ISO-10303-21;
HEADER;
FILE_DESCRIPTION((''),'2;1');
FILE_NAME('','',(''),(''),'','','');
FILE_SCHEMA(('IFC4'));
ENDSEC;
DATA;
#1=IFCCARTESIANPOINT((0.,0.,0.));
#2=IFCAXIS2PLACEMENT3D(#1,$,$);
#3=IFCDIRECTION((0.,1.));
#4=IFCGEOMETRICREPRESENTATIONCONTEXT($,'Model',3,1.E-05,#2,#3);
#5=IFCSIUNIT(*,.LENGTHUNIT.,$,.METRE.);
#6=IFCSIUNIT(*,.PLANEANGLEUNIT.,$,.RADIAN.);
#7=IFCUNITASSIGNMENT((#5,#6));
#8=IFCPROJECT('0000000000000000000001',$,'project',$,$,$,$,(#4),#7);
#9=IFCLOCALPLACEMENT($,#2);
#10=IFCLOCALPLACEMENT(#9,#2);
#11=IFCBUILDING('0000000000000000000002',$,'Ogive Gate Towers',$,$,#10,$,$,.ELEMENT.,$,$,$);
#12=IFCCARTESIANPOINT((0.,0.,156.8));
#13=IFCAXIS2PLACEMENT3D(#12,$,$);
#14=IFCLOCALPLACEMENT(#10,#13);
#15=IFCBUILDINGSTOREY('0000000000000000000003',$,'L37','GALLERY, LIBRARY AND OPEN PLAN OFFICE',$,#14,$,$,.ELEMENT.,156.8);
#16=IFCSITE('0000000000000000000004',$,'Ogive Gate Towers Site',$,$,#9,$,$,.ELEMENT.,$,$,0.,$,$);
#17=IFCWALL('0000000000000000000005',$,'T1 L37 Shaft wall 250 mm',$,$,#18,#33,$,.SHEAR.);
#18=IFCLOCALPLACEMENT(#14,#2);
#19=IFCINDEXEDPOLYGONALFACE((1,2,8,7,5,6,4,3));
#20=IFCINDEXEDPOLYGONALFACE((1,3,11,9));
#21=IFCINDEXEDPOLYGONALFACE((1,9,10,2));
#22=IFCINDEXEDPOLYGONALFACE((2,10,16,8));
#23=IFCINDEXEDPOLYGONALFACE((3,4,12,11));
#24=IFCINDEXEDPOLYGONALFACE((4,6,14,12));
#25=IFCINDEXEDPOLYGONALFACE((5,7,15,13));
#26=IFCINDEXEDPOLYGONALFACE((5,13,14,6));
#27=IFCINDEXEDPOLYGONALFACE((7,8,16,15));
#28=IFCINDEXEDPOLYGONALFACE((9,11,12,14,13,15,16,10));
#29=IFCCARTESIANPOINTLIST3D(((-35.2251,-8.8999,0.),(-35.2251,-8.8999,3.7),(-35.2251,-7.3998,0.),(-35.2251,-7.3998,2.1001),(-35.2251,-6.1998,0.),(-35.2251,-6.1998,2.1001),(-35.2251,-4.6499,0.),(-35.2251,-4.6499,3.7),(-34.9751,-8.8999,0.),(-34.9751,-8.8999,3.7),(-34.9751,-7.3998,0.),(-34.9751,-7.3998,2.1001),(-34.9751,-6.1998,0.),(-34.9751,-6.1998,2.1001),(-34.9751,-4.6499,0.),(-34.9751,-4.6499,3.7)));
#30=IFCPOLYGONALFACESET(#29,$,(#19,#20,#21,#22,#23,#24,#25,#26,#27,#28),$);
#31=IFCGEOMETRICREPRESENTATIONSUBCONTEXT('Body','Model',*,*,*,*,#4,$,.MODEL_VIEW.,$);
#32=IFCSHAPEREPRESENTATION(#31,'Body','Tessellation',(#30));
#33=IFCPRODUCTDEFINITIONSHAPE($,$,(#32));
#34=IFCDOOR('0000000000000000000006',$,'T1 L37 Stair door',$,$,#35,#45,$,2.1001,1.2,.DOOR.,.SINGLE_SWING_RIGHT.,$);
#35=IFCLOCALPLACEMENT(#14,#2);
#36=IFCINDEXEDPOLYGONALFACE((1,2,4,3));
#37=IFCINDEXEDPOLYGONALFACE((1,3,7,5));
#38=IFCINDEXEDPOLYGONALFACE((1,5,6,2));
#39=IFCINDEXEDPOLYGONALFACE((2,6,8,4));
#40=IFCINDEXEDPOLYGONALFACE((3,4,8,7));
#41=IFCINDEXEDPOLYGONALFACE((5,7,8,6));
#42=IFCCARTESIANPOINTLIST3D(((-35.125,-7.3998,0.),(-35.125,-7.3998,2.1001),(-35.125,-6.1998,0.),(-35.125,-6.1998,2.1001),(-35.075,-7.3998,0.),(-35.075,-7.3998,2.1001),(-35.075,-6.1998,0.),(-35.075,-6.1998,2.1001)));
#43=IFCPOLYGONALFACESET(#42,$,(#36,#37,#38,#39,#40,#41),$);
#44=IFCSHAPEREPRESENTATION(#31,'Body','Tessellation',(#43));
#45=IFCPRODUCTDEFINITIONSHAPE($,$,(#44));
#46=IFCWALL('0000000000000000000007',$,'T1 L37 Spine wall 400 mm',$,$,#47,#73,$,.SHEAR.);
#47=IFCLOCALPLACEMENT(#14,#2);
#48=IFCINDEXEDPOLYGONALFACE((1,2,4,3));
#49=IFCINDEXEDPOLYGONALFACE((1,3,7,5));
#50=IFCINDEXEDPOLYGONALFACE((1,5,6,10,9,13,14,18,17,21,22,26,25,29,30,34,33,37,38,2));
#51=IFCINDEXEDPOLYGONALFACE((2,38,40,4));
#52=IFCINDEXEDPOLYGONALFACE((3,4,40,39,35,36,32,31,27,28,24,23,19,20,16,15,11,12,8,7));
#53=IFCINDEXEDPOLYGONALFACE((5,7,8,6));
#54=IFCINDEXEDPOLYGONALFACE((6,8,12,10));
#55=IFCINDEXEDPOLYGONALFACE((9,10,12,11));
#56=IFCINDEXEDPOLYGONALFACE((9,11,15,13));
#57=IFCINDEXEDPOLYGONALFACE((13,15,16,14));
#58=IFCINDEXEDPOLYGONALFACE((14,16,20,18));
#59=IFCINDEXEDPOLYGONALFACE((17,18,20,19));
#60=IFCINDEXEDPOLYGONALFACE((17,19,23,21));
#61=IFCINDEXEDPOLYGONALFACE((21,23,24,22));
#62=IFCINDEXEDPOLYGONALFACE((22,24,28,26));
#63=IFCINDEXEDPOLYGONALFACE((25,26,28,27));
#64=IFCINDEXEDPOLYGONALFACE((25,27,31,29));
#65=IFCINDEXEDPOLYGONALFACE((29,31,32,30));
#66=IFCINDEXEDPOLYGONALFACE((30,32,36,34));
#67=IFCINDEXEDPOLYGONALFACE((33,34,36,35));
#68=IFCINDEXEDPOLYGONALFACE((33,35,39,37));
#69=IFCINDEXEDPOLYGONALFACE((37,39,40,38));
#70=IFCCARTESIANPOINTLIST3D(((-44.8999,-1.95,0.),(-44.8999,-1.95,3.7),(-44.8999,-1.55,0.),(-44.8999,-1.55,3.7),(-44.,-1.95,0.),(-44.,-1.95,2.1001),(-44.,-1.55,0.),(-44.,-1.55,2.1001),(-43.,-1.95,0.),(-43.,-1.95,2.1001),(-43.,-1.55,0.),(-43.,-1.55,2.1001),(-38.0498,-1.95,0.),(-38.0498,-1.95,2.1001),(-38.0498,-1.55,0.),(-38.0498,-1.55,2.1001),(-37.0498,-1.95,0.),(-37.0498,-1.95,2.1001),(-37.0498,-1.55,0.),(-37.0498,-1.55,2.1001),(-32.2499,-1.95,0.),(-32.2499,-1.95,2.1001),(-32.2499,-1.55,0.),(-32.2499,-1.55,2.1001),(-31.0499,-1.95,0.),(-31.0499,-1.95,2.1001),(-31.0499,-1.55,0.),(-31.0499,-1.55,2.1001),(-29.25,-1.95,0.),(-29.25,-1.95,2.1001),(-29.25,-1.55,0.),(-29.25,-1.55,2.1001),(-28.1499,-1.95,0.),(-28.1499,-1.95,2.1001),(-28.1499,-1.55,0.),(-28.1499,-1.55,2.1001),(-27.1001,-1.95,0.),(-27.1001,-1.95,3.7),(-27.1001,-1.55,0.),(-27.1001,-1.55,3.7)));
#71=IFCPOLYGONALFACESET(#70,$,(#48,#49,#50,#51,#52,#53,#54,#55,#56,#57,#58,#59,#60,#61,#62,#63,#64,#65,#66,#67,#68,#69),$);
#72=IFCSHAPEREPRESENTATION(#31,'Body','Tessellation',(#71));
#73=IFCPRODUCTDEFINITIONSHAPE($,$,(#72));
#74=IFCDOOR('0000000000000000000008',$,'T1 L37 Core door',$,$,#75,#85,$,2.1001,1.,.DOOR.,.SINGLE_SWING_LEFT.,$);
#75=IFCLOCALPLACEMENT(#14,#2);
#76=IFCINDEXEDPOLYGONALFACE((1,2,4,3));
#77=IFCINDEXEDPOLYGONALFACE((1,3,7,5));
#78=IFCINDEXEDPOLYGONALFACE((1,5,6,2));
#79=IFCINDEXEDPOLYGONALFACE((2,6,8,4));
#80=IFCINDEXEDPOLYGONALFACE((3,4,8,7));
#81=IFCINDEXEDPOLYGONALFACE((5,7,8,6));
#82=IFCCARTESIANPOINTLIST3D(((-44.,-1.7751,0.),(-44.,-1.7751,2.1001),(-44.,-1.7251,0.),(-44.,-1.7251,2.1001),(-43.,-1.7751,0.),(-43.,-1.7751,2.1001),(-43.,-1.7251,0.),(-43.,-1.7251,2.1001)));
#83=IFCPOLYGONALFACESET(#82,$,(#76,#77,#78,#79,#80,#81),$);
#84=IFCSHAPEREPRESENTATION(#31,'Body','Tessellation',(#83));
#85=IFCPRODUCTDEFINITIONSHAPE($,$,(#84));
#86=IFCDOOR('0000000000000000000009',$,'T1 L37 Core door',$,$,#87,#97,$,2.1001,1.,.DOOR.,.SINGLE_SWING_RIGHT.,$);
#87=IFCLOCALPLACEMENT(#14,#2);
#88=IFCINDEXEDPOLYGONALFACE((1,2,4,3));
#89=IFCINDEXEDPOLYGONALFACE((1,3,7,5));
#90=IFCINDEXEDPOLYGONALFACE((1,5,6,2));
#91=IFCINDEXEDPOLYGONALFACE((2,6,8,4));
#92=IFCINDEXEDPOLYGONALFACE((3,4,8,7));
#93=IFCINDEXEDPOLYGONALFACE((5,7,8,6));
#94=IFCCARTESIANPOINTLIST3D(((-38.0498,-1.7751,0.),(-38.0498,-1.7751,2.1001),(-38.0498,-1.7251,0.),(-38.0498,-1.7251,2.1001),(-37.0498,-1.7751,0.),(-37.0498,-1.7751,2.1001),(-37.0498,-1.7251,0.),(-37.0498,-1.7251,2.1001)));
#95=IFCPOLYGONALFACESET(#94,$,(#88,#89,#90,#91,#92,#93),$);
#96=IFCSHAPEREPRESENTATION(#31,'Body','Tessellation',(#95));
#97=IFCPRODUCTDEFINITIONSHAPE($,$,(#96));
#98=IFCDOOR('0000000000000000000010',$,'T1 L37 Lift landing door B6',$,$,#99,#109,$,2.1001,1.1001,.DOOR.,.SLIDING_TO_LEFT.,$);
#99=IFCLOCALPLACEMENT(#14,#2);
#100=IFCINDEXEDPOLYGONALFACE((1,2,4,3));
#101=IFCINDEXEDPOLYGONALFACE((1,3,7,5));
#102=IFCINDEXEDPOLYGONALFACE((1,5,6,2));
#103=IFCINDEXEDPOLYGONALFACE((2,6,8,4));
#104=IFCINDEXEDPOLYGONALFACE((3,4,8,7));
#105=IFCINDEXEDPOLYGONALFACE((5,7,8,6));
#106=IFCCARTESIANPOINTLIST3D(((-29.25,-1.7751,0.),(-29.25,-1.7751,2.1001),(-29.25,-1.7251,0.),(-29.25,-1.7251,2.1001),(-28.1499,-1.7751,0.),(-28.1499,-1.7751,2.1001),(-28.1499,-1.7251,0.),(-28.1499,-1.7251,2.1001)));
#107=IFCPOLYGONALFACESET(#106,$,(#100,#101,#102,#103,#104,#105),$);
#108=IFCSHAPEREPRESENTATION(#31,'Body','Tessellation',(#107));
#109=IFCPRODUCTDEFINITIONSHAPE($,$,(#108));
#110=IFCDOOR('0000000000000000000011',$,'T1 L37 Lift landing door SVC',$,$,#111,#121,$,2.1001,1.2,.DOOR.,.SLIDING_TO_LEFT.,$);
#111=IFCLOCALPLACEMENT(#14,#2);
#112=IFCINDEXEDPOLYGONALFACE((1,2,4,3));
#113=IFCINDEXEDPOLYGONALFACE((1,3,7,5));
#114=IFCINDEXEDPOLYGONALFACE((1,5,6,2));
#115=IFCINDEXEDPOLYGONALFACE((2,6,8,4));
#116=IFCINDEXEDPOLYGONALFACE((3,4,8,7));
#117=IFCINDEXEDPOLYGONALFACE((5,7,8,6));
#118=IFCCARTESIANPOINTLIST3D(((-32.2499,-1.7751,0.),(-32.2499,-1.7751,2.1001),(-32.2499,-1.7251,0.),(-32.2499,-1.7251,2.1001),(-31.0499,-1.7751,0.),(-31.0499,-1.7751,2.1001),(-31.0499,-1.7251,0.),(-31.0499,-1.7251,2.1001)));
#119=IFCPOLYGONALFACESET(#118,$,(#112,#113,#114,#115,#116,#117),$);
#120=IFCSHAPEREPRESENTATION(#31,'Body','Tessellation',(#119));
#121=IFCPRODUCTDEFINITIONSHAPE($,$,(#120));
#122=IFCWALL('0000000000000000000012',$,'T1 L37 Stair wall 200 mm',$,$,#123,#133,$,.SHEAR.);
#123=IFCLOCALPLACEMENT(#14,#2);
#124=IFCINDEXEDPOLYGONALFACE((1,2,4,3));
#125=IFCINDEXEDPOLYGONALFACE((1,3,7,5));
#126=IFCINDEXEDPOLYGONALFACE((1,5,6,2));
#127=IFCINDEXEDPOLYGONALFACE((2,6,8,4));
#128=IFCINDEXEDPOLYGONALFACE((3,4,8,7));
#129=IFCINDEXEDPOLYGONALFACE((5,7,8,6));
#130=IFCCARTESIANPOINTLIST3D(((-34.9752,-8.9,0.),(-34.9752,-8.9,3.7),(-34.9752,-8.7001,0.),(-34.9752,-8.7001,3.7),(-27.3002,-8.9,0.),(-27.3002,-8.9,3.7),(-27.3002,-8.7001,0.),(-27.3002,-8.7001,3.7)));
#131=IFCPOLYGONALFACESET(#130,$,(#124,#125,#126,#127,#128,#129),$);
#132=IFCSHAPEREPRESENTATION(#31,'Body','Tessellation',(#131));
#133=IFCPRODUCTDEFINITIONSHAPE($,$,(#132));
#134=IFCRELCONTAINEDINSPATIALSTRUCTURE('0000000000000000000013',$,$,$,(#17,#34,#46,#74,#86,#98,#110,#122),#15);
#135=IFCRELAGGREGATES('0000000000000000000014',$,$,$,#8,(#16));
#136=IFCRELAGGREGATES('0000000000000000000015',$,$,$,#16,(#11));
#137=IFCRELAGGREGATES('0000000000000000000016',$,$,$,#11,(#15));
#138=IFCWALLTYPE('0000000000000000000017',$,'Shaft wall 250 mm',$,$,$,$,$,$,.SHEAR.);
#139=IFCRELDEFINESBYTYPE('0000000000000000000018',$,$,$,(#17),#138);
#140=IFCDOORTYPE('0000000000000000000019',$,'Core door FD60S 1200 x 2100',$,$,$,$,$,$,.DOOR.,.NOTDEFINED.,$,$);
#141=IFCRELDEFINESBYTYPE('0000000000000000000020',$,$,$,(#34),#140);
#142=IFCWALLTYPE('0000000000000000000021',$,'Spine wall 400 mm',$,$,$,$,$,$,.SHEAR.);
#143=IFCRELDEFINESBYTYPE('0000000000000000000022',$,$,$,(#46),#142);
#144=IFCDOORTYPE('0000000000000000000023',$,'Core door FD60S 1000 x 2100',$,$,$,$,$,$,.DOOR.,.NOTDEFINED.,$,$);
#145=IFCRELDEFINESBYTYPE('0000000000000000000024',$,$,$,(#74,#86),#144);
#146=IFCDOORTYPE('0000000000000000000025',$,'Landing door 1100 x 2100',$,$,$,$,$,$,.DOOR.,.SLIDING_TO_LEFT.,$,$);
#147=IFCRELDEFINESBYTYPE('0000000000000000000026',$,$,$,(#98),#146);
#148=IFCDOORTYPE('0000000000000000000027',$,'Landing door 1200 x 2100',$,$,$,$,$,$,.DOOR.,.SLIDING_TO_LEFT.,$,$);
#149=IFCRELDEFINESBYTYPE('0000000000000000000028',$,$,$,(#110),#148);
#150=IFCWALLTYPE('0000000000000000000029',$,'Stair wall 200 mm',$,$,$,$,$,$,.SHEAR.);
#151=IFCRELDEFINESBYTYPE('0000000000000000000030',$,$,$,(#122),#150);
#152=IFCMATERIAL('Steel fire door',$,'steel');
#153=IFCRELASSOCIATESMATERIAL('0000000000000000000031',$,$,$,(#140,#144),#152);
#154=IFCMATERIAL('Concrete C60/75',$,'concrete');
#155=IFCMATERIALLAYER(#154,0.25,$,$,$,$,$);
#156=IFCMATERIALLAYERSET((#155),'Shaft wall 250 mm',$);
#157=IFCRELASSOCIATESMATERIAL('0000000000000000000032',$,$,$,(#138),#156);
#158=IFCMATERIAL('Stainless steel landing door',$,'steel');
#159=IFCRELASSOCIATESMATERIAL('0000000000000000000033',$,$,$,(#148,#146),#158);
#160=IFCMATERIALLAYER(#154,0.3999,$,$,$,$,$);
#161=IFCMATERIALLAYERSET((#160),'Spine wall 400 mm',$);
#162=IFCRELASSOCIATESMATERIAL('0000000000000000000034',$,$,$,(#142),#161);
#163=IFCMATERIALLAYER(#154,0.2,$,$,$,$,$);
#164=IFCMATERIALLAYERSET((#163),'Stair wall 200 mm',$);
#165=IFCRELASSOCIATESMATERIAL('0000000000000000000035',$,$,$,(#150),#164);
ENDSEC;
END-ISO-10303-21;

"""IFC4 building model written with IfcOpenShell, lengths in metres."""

from ifc_helpers import new_model, si_unit, direction, frame, frame_2d, origin, place, context, subcontext, project, spatial, rectangle, extrude, material, layer, layer_set, type_object, element, fill, save


model = new_model("IFC4")

# Units and contexts
model_context = context("Model", 3, precision=1e-05, world=origin(), true_north=direction((0.0, 1.0)))
body_context = subcontext(model_context, "Body", "Model", "MODEL_VIEW")
ifc_project = project(units=[si_unit("LENGTHUNIT", "METRE"), si_unit("PLANEANGLEUNIT", "RADIAN")], contexts=[model_context])

# Site, building, storey
site_placement = place(None, origin())
site = spatial("IfcSite", under=ifc_project, at=site_placement, Name="Ogive Gate Towers Site", CompositionType="ELEMENT", RefElevation=0.0)
building_placement = place(site_placement, origin())
building = spatial("IfcBuilding", under=site, at=building_placement, Name="Ogive Gate Towers", CompositionType="ELEMENT")
storey_placement = place(building_placement, frame((0.0, 0.0, 156.8)))
storey = spatial("IfcBuildingStorey", under=building, at=storey_placement, Name="L37", Description="GALLERY, LIBRARY AND OPEN PLAN OFFICE", CompositionType="ELEMENT", Elevation=156.8)

# Shared definitions
ifc_material_1 = material(Name="Concrete C60/75", Category="concrete")
ifc_material_2 = material(Name="Steel fire door", Category="steel")
door_type_1 = type_object("IfcDoorType", Name="Core door FD60S 1200 x 2100", OperationType="NOTDEFINED", PredefinedType="DOOR", material=ifc_material_2)

# Shared definitions
ifc_layer_1 = layer(ifc_material_1, 0.25)
ifc_layer_set_1 = layer_set([ifc_layer_1], Name="Shaft wall 250 mm")
wall_type_1 = type_object("IfcWallType", Name="Shaft wall 250 mm", PredefinedType="SHEAR", material=ifc_layer_set_1)

# Wall, opening, door
ifc_material_3 = material(Name="Stainless steel landing door", Category="steel")
door_type_2 = type_object("IfcDoorType", Name="Landing door 1200 x 2100", OperationType="SLIDING_TO_LEFT", PredefinedType="DOOR", material=ifc_material_3)
wall_1_placement = place(storey_placement, frame((-35.1001, -8.8999, 0.0), z_axis=(0.0, 0.0, 1.0), x_axis=(0.0, 1.0, 0.0)))
wall_1 = element("IfcWall", 1, at=wall_1_placement, inside=storey, type_object=wall_type_1, Name="T1 L37 Shaft wall 250 mm", PredefinedType="SHEAR", context=body_context, shape_type="SweptSolid", body=[
    extrude(rectangle(XDim=4.25, YDim=0.25, at=frame_2d((2.125, 0.0))), origin(), (0.0, 0.0, 1.0), 3.7),
])
opening_1_placement = place(wall_1_placement, frame((1.5, 0.0, 0.0)))
opening_1 = element("IfcOpeningElement", 2, at=opening_1_placement, cuts=wall_1, PredefinedType="OPENING", context=body_context, shape_type="SweptSolid", body=[
    extrude(rectangle(XDim=1.2, YDim=2.1001, at=frame_2d((0.6001, 1.05))), frame((0.0, 0.135, 0.0), z_axis=(0.0, -1.0, 0.0), x_axis=(1.0, 0.0, 0.0)), (0.0, 0.0, 1.0), 0.27),
])
door_1_placement = place(opening_1_placement, origin())
door_1 = element("IfcDoor", 3, at=door_1_placement, inside=storey, type_object=door_type_1, Name="T1 L37 Stair door", OperationType="SINGLE_SWING_RIGHT", OverallHeight=2.1001, OverallWidth=1.2, PredefinedType="DOOR", context=body_context, shape_type="SweptSolid", body=[
    extrude(rectangle(XDim=1.2, YDim=2.1001, at=frame_2d((0.6001, 1.05))), frame((0.0, 0.0249, 0.0), z_axis=(0.0, -1.0, 0.0), x_axis=(1.0, 0.0, 0.0)), (0.0, 0.0, 1.0), 0.05),
])
fill(opening_1, door_1)

# Wall, openings, doors
ifc_layer_2 = layer(ifc_material_1, 0.3999)
ifc_layer_set_2 = layer_set([ifc_layer_2], Name="Spine wall 400 mm")
wall_type_2 = type_object("IfcWallType", Name="Spine wall 400 mm", PredefinedType="SHEAR", material=ifc_layer_set_2)
wall_2_placement = place(storey_placement, frame((-44.8999, -1.75, 0.0), z_axis=(0.0, 0.0, 1.0), x_axis=(1.0, 0.0, 0.0)))
wall_2 = element("IfcWall", 4, at=wall_2_placement, inside=storey, type_object=wall_type_2, Name="T1 L37 Spine wall 400 mm", PredefinedType="SHEAR", context=body_context, shape_type="SweptSolid", body=[
    extrude(rectangle(XDim=17.7998, YDim=0.3999, at=frame_2d((8.8999, 0.0))), origin(), (0.0, 0.0, 1.0), 3.7),
])
opening_2_placement = place(wall_2_placement, frame((12.6499, 0.0, 0.0)))
opening_2 = element("IfcOpeningElement", 5, at=opening_2_placement, cuts=wall_2, PredefinedType="OPENING", context=body_context, shape_type="SweptSolid", body=[
    extrude(rectangle(XDim=1.2, YDim=2.1001, at=frame_2d((0.6001, 1.05))), frame((0.0, 0.21, 0.0), z_axis=(0.0, -1.0, 0.0), x_axis=(1.0, 0.0, 0.0)), (0.0, 0.0, 1.0), 0.4199),
])
opening_3_placement = place(wall_2_placement, frame((15.6499, 0.0, 0.0)))
opening_3 = element("IfcOpeningElement", 6, at=opening_3_placement, cuts=wall_2, PredefinedType="OPENING", context=body_context, shape_type="SweptSolid", body=[
    extrude(rectangle(XDim=1.1001, YDim=2.1001, at=frame_2d((0.55, 1.05))), frame((0.0, 0.21, 0.0), z_axis=(0.0, -1.0, 0.0), x_axis=(1.0, 0.0, 0.0)), (0.0, 0.0, 1.0), 0.4199),
])
opening_4_placement = place(wall_2_placement, frame((0.8999, 0.0, 0.0)))
opening_4 = element("IfcOpeningElement", 7, at=opening_4_placement, cuts=wall_2, PredefinedType="OPENING", context=body_context, shape_type="SweptSolid", body=[
    extrude(rectangle(XDim=1.0, YDim=2.1001, at=frame_2d((0.5, 1.05))), frame((0.0, 0.21, 0.0), z_axis=(0.0, -1.0, 0.0), x_axis=(1.0, 0.0, 0.0)), (0.0, 0.0, 1.0), 0.4199),
])
opening_5_placement = place(wall_2_placement, frame((6.8501, 0.0, 0.0)))
opening_5 = element("IfcOpeningElement", 8, at=opening_5_placement, cuts=wall_2, PredefinedType="OPENING", context=body_context, shape_type="SweptSolid", body=[
    extrude(rectangle(XDim=1.0, YDim=2.1001, at=frame_2d((0.5, 1.05))), frame((0.0, 0.21, 0.0), z_axis=(0.0, -1.0, 0.0), x_axis=(1.0, 0.0, 0.0)), (0.0, 0.0, 1.0), 0.4199),
])
door_type_3 = type_object("IfcDoorType", Name="Core door FD60S 1000 x 2100", OperationType="NOTDEFINED", PredefinedType="DOOR", material=ifc_material_2)
door_2_placement = place(opening_4_placement, origin())
door_2 = element("IfcDoor", 9, at=door_2_placement, inside=storey, type_object=door_type_3, Name="T1 L37 Core door", OperationType="SINGLE_SWING_LEFT", OverallHeight=2.1001, OverallWidth=1.0, PredefinedType="DOOR", context=body_context, shape_type="SweptSolid", body=[
    extrude(rectangle(XDim=1.0, YDim=2.1001, at=frame_2d((0.5, 1.05))), frame((0.0, 0.0249, 0.0), z_axis=(0.0, -1.0, 0.0), x_axis=(1.0, 0.0, 0.0)), (0.0, 0.0, 1.0), 0.05),
])
fill(opening_4, door_2)
door_3_placement = place(opening_5_placement, origin())
door_3 = element("IfcDoor", 10, at=door_3_placement, inside=storey, type_object=door_type_3, Name="T1 L37 Core door", OperationType="SINGLE_SWING_RIGHT", OverallHeight=2.1001, OverallWidth=1.0, PredefinedType="DOOR", context=body_context, shape_type="SweptSolid", body=[
    extrude(rectangle(XDim=1.0, YDim=2.1001, at=frame_2d((0.5, 1.05))), frame((0.0, 0.0249, 0.0), z_axis=(0.0, -1.0, 0.0), x_axis=(1.0, 0.0, 0.0)), (0.0, 0.0, 1.0), 0.05),
])
fill(opening_5, door_3)
door_type_4 = type_object("IfcDoorType", Name="Landing door 1100 x 2100", OperationType="SLIDING_TO_LEFT", PredefinedType="DOOR", material=ifc_material_3)
door_4_placement = place(opening_3_placement, origin())
door_4 = element("IfcDoor", 11, at=door_4_placement, inside=storey, type_object=door_type_4, Name="T1 L37 Lift landing door B6", OperationType="SLIDING_TO_LEFT", OverallHeight=2.1001, OverallWidth=1.1001, PredefinedType="DOOR", context=body_context, shape_type="SweptSolid", body=[
    extrude(rectangle(XDim=1.1001, YDim=2.1001, at=frame_2d((0.55, 1.05))), frame((0.0, 0.0249, 0.0), z_axis=(0.0, -1.0, 0.0), x_axis=(1.0, 0.0, 0.0)), (0.0, 0.0, 1.0), 0.05),
])
fill(opening_3, door_4)
door_5_placement = place(opening_2_placement, origin())
door_5 = element("IfcDoor", 12, at=door_5_placement, inside=storey, type_object=door_type_2, Name="T1 L37 Lift landing door SVC", OperationType="SLIDING_TO_LEFT", OverallHeight=2.1001, OverallWidth=1.2, PredefinedType="DOOR", context=body_context, shape_type="SweptSolid", body=[
    extrude(rectangle(XDim=1.2, YDim=2.1001, at=frame_2d((0.6001, 1.05))), frame((0.0, 0.0249, 0.0), z_axis=(0.0, -1.0, 0.0), x_axis=(1.0, 0.0, 0.0)), (0.0, 0.0, 1.0), 0.05),
])
fill(opening_2, door_5)

# Wall
ifc_layer_3 = layer(ifc_material_1, 0.2)
ifc_layer_set_3 = layer_set([ifc_layer_3], Name="Stair wall 200 mm")
wall_type_3 = type_object("IfcWallType", Name="Stair wall 200 mm", PredefinedType="SHEAR", material=ifc_layer_set_3)
wall_3_placement = place(storey_placement, frame((-34.9751, -8.8, 0.0), z_axis=(0.0, 0.0, 1.0), x_axis=(1.0, 0.0, 0.0)))
element("IfcWall", 13, at=wall_3_placement, inside=storey, type_object=wall_type_3, Name="T1 L37 Stair wall 200 mm", PredefinedType="SHEAR", context=body_context, shape_type="SweptSolid", body=[
    extrude(rectangle(XDim=7.675, YDim=0.2, at=frame_2d((3.8374, 0.0))), origin(), (0.0, 0.0, 1.0), 3.7),
])

save(model, "model.ifc")
